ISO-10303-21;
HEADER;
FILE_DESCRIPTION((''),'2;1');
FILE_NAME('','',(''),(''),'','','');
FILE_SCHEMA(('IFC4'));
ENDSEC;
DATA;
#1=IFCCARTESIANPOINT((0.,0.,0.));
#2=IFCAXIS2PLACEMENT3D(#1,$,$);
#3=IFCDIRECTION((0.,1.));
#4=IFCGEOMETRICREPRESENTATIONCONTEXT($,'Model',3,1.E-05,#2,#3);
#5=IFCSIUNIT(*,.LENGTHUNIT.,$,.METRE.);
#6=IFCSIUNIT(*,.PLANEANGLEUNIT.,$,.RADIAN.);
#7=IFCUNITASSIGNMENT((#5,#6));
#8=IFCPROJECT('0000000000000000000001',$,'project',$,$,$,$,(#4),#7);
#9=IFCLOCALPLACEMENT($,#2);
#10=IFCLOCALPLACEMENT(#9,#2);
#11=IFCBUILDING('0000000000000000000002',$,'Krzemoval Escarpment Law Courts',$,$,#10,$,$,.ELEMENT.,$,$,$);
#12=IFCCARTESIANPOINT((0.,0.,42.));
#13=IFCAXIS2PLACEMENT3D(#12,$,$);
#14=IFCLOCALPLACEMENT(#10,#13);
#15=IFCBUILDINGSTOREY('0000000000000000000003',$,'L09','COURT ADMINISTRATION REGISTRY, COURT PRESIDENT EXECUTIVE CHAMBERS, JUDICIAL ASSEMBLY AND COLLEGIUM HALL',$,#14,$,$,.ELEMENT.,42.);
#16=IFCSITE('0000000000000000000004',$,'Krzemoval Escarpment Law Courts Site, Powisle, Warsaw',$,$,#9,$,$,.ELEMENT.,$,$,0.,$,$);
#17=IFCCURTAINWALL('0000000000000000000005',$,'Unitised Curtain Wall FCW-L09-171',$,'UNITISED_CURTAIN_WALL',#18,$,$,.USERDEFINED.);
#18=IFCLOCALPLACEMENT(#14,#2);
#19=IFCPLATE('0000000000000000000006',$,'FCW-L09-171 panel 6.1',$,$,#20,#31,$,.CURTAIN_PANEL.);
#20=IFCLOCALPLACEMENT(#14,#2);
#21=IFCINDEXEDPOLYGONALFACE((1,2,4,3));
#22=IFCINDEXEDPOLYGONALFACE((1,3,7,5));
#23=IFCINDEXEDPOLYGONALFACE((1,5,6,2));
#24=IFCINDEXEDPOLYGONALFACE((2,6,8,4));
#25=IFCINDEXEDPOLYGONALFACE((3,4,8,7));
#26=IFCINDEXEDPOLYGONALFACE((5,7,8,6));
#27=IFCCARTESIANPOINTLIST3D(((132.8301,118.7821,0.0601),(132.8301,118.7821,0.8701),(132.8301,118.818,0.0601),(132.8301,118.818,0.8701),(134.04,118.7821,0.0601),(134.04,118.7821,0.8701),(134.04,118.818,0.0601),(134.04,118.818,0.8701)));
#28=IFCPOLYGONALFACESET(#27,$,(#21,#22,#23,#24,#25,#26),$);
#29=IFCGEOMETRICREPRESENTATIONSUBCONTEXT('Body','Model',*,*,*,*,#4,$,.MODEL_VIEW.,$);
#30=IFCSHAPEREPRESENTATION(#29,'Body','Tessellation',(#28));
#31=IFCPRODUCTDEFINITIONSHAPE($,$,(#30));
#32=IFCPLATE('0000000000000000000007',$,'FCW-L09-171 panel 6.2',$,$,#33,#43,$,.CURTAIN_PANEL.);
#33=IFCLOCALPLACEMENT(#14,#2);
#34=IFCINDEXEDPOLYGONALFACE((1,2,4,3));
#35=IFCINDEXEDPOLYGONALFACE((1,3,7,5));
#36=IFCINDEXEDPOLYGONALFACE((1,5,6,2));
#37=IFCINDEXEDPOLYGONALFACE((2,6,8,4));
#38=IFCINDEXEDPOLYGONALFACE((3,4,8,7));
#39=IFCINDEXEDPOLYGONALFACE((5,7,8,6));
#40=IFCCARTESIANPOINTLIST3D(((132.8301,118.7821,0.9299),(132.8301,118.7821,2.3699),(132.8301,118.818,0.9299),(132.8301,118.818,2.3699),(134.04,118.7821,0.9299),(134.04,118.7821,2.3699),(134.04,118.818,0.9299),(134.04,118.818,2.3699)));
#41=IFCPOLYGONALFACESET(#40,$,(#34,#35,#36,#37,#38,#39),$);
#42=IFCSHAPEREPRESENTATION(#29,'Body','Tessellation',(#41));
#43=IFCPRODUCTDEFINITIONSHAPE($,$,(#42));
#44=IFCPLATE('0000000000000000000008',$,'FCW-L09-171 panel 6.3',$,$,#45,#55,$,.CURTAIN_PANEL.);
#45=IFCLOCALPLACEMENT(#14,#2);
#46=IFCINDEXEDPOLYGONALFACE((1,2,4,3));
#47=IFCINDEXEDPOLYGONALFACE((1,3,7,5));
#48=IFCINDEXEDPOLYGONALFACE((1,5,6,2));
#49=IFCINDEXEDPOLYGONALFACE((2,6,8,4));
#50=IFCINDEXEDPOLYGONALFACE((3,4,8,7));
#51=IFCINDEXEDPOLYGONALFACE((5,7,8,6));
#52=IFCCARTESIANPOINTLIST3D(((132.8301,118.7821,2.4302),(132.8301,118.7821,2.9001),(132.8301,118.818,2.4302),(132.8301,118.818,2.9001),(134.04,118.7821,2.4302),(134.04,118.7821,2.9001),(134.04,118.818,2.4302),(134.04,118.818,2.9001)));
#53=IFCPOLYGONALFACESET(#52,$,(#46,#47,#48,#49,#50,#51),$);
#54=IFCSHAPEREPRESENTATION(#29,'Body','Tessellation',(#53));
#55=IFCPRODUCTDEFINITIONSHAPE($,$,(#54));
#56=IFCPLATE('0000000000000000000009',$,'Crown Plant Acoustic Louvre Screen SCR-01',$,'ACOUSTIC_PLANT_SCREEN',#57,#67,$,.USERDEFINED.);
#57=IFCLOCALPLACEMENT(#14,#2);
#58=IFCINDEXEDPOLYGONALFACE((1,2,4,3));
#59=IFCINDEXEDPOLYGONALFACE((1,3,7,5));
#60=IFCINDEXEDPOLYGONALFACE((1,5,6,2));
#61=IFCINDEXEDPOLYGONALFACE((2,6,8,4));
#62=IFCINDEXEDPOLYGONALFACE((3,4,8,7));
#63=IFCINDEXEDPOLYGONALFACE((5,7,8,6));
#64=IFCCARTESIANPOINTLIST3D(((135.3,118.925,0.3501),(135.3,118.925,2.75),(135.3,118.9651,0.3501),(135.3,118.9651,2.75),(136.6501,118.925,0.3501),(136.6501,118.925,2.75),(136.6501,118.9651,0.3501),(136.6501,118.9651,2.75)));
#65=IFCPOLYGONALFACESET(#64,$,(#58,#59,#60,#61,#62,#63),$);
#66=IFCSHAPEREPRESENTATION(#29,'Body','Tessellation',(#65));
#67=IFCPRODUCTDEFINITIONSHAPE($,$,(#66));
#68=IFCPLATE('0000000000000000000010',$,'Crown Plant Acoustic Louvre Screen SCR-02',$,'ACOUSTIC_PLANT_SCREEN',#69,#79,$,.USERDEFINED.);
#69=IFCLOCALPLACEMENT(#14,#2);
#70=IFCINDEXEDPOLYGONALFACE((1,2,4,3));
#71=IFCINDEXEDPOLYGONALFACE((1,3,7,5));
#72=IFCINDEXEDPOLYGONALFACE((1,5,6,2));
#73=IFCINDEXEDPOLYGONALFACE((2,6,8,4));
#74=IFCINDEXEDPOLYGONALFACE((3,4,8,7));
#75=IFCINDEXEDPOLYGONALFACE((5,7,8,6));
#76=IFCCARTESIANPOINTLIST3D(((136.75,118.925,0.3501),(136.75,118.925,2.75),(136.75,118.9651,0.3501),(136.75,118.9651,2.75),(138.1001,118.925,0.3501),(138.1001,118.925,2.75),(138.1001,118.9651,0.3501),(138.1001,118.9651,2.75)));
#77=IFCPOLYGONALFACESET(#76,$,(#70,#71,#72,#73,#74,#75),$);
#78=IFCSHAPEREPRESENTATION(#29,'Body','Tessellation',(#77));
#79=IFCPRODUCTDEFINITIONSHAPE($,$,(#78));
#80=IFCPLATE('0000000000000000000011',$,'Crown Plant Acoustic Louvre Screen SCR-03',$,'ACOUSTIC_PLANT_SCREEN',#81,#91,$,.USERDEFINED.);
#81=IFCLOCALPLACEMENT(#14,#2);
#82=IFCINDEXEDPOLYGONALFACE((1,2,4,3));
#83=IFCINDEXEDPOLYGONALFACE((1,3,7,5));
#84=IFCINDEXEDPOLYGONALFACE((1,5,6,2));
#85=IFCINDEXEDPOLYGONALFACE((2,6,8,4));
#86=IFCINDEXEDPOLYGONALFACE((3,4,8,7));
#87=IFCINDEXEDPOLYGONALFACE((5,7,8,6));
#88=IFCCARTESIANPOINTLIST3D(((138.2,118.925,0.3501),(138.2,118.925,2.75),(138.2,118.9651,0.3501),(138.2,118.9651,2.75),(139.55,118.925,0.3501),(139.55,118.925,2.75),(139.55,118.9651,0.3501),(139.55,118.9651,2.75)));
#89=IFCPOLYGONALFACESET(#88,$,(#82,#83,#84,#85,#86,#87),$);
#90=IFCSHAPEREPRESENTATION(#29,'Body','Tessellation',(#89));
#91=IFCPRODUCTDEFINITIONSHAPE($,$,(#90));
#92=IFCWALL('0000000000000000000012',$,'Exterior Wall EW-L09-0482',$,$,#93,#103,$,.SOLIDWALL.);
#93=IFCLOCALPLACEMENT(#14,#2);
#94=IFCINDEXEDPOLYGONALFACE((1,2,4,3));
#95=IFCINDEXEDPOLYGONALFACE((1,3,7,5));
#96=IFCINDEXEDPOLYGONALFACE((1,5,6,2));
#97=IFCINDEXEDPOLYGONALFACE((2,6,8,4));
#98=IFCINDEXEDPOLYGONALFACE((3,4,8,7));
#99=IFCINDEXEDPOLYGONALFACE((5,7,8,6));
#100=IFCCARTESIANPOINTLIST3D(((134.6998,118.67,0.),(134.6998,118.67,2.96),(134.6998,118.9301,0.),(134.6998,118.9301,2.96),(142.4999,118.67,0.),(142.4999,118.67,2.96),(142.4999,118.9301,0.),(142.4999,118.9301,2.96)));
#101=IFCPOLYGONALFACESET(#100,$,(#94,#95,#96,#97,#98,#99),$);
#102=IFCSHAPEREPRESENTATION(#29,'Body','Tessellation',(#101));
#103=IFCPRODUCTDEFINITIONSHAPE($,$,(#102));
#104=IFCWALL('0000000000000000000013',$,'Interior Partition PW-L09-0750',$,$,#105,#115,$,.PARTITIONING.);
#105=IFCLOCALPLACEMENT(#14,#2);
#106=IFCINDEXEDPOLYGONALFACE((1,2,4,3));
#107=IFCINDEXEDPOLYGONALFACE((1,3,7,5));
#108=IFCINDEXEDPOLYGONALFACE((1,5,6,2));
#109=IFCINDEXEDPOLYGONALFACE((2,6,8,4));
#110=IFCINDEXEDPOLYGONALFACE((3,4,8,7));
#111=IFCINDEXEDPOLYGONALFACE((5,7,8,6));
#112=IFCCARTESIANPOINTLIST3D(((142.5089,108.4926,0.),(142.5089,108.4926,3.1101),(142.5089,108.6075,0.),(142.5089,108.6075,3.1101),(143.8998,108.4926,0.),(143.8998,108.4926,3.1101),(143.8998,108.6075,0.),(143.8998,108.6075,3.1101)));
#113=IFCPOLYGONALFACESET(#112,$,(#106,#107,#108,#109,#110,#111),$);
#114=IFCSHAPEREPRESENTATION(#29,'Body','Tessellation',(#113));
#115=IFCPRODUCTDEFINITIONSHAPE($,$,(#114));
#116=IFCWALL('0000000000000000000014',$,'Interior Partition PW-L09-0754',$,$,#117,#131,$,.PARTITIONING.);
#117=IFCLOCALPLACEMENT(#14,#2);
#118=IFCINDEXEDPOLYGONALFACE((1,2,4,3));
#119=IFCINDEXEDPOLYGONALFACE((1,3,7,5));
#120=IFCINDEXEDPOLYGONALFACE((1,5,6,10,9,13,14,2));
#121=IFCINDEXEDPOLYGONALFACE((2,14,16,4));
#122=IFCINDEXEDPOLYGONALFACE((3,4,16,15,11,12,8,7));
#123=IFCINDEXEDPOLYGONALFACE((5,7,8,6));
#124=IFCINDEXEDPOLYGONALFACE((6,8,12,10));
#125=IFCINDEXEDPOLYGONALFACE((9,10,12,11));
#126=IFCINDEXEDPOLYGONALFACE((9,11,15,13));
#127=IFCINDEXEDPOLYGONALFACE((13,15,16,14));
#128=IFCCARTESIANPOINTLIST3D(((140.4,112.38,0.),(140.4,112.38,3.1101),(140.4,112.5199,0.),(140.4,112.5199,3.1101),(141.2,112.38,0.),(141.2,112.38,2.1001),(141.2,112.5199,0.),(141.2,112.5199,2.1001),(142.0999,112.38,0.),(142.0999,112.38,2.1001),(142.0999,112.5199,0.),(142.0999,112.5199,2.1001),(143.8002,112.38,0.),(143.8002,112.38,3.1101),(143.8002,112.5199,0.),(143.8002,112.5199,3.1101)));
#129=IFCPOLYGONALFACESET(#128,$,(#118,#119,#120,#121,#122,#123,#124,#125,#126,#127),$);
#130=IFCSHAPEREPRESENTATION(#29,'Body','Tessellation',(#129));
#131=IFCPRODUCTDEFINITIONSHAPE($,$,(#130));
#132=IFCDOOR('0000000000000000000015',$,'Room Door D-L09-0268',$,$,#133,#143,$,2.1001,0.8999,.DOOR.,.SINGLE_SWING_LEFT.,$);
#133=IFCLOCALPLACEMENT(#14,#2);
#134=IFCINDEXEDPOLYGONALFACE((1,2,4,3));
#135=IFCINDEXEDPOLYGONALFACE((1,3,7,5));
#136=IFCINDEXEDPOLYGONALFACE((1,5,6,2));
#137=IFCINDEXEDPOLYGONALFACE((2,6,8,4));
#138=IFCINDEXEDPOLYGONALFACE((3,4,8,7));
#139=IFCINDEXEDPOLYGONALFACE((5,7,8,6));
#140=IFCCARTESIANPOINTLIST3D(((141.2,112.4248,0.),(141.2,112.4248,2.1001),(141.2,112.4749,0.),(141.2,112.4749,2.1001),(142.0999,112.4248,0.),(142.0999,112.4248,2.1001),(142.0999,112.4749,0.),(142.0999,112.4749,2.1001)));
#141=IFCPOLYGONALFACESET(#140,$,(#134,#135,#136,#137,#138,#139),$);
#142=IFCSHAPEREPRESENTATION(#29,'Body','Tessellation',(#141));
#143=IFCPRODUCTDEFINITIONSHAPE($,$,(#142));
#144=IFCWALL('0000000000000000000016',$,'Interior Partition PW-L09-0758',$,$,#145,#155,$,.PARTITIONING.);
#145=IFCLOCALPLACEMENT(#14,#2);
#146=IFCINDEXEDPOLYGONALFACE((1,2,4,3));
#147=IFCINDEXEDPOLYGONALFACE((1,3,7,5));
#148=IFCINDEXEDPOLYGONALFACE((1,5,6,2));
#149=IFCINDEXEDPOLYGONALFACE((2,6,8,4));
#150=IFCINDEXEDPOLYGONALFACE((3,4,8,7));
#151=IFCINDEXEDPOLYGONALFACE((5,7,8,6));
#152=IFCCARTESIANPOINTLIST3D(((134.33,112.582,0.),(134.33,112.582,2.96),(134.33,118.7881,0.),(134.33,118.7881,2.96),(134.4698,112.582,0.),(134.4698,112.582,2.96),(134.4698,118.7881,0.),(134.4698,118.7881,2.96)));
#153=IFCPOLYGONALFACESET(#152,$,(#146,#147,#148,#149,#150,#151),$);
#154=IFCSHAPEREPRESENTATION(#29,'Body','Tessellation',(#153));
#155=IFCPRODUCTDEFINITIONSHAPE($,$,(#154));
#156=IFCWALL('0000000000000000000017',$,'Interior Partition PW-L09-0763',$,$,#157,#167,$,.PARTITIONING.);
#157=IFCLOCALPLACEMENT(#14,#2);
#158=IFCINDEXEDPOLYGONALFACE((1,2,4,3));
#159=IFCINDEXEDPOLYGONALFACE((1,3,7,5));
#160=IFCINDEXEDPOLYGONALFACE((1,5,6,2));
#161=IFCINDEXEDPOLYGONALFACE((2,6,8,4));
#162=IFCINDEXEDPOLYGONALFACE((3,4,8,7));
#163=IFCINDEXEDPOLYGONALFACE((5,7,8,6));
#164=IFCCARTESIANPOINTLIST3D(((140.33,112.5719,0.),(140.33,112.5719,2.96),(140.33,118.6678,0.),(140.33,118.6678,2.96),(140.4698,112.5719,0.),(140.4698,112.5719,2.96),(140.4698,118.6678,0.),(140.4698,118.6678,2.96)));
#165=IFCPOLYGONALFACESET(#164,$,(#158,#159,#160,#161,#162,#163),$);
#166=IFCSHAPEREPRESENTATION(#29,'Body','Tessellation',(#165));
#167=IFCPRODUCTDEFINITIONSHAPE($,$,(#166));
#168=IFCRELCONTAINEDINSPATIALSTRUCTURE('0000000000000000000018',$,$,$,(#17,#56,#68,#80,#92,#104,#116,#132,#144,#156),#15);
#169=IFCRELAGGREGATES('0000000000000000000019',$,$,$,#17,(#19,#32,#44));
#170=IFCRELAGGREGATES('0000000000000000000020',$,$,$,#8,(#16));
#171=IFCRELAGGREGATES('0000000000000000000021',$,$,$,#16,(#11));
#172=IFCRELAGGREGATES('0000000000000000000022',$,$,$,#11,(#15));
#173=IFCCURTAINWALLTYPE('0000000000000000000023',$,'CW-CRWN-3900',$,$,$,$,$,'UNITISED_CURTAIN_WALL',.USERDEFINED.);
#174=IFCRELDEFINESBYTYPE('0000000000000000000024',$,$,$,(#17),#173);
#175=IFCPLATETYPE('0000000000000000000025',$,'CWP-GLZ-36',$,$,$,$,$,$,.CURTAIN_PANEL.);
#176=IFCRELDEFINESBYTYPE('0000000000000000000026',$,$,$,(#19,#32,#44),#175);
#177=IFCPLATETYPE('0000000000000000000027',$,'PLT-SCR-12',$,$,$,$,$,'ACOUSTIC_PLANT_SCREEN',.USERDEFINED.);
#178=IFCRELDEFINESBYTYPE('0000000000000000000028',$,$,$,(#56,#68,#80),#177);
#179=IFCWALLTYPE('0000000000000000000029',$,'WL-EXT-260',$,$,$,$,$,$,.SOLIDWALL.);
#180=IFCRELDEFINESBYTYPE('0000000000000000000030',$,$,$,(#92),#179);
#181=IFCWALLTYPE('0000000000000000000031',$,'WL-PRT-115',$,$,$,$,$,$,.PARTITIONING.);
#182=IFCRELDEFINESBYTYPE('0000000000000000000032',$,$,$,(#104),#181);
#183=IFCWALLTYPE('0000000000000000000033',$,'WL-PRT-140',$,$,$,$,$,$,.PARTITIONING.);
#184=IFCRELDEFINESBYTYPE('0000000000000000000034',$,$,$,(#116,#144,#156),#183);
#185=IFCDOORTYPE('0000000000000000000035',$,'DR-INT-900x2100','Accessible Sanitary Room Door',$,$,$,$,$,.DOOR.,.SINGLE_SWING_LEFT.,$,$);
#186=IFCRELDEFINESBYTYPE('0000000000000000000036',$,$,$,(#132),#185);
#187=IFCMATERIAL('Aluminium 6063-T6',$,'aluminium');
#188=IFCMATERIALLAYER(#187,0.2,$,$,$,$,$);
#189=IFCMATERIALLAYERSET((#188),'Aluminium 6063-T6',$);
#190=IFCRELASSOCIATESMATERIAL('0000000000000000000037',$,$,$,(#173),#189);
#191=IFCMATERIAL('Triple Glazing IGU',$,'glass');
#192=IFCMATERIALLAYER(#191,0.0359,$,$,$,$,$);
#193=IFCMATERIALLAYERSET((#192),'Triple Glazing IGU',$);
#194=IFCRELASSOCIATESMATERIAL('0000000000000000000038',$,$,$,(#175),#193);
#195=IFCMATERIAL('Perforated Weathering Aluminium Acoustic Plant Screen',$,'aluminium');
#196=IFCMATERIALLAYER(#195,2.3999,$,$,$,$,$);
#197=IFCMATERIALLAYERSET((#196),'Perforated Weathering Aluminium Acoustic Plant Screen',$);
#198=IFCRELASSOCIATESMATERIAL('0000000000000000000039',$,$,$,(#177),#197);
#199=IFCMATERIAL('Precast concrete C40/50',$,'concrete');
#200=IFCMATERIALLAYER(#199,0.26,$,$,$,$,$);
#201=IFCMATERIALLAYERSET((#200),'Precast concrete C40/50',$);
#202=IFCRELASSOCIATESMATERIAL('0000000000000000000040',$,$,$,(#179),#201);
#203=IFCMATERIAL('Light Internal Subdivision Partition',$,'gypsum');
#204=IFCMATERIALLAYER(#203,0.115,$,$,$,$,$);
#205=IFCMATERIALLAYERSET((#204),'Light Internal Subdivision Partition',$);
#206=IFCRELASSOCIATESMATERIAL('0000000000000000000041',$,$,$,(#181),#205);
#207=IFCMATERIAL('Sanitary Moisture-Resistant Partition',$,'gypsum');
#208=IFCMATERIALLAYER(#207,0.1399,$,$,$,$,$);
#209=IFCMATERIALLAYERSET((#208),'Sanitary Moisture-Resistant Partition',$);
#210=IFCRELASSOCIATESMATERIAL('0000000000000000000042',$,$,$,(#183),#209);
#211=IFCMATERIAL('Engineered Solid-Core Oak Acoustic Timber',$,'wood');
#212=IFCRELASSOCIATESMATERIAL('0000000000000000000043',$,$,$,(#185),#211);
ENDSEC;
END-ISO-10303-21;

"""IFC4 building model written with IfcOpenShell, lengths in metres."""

from ifc_helpers import new_model, si_unit, direction, frame, frame_2d, origin, origin_2d, place, context, subcontext, project, spatial, rectangle, extrude, material, layer, layer_set, type_object, element, fill, aggregate, save


model = new_model("IFC4")

# Units and contexts
model_context = context("Model", 3, precision=1e-05, world=origin(), true_north=direction((0.0, 1.0)))
body_context = subcontext(model_context, "Body", "Model", "MODEL_VIEW")
ifc_project = project(units=[si_unit("LENGTHUNIT", "METRE"), si_unit("PLANEANGLEUNIT", "RADIAN")], contexts=[model_context])

# Site, building, storey
site_placement = place(None, origin())
site = spatial("IfcSite", under=ifc_project, at=site_placement, Name="Krzemoval Escarpment Law Courts Site, Powisle, Warsaw", CompositionType="ELEMENT", RefElevation=0.0)
building_placement = place(site_placement, origin())
building = spatial("IfcBuilding", under=site, at=building_placement, Name="Krzemoval Escarpment Law Courts", CompositionType="ELEMENT")
storey_placement = place(building_placement, frame((0.0, 0.0, 42.0)))
storey = spatial("IfcBuildingStorey", under=building, at=storey_placement, Name="L09", Description="COURT ADMINISTRATION REGISTRY, COURT PRESIDENT EXECUTIVE CHAMBERS, JUDICIAL ASSEMBLY AND COLLEGIUM HALL", CompositionType="ELEMENT", Elevation=42.0)

# Curtain wall, plates
ifc_material_1 = material(Name="Aluminium 6063-T6", Category="aluminium")
ifc_layer_1 = layer(ifc_material_1, 0.2)
ifc_layer_set_1 = layer_set([ifc_layer_1], Name="Aluminium 6063-T6")
curtain_wall_type = type_object("IfcCurtainWallType", Name="CW-CRWN-3900", ElementType="UNITISED_CURTAIN_WALL", PredefinedType="USERDEFINED", material=ifc_layer_set_1)
curtain_wall_placement = place(storey_placement, origin())
curtain_wall = element("IfcCurtainWall", 1, at=curtain_wall_placement, inside=storey, type_object=curtain_wall_type, Name="Unitised Curtain Wall FCW-L09-171", ObjectType="UNITISED_CURTAIN_WALL", PredefinedType="USERDEFINED")
ifc_material_2 = material(Name="Triple Glazing IGU", Category="glass")
ifc_layer_2 = layer(ifc_material_2, 0.0359)
ifc_layer_set_2 = layer_set([ifc_layer_2], Name="Triple Glazing IGU")
plate_type_1 = type_object("IfcPlateType", Name="CWP-GLZ-36", PredefinedType="CURTAIN_PANEL", material=ifc_layer_set_2)
plate_1_placement = place(storey_placement, frame((133.4351, 118.8, 0.0601), z_axis=(0.0, 0.0, 1.0), x_axis=(1.0, 0.0, 0.0)))
plate_1 = element("IfcPlate", 2, at=plate_1_placement, type_object=plate_type_1, Name="FCW-L09-171 panel 6.1", PredefinedType="CURTAIN_PANEL", context=body_context, shape_type="SweptSolid", body=[
    extrude(rectangle(XDim=1.21, YDim=0.0359, at=origin_2d()), origin(), (0.0, 0.0, 1.0), 0.8101),
])
plate_2_placement = place(storey_placement, frame((133.4351, 118.8, 0.9299), z_axis=(0.0, 0.0, 1.0), x_axis=(1.0, 0.0, 0.0)))
plate_2 = element("IfcPlate", 3, at=plate_2_placement, type_object=plate_type_1, Name="FCW-L09-171 panel 6.2", PredefinedType="CURTAIN_PANEL", context=body_context, shape_type="SweptSolid", body=[
    extrude(rectangle(XDim=1.21, YDim=0.0359, at=origin_2d()), origin(), (0.0, 0.0, 1.0), 1.4399),
])
plate_3_placement = place(storey_placement, frame((133.4351, 118.8, 2.4302), z_axis=(0.0, 0.0, 1.0), x_axis=(1.0, 0.0, 0.0)))
plate_3 = element("IfcPlate", 4, at=plate_3_placement, type_object=plate_type_1, Name="FCW-L09-171 panel 6.3", PredefinedType="CURTAIN_PANEL", context=body_context, shape_type="SweptSolid", body=[
    extrude(rectangle(XDim=1.21, YDim=0.0359, at=origin_2d()), origin(), (0.0, 0.0, 1.0), 0.47),
])
aggregate(curtain_wall, [plate_1, plate_2, plate_3])

# Plates
ifc_material_3 = material(Name="Perforated Weathering Aluminium Acoustic Plant Screen", Category="aluminium")
ifc_layer_3 = layer(ifc_material_3, 2.3999)
ifc_layer_set_3 = layer_set([ifc_layer_3], Name="Perforated Weathering Aluminium Acoustic Plant Screen")
plate_type_2 = type_object("IfcPlateType", Name="PLT-SCR-12", ElementType="ACOUSTIC_PLANT_SCREEN", PredefinedType="USERDEFINED", material=ifc_layer_set_3)
for number, where, z_axis, x_axis, name in (
    (5, (135.9751, 118.9451, 0.3501), (0.0, 0.0, 1.0), (1.0, 0.0, 0.0), "Crown Plant Acoustic Louvre Screen SCR-01"),
    (6, (137.425, 118.9451, 0.3501), (0.0, 0.0, 1.0), (1.0, 0.0, 0.0), "Crown Plant Acoustic Louvre Screen SCR-02"),
    (7, (138.875, 118.9451, 0.3501), (0.0, 0.0, 1.0), (1.0, 0.0, 0.0), "Crown Plant Acoustic Louvre Screen SCR-03"),
):
    element("IfcPlate", number, at=place(storey_placement, frame(where, z_axis=z_axis, x_axis=x_axis)), inside=storey, type_object=plate_type_2, Name=name, ObjectType="ACOUSTIC_PLANT_SCREEN", PredefinedType="USERDEFINED", context=body_context, shape_type="SweptSolid", body=[
        extrude(rectangle(XDim=1.3501, YDim=0.04, at=origin_2d()), origin(), (0.0, 0.0, 1.0), 2.3999),
    ])

# Walls
ifc_material_4 = material(Name="Precast concrete C40/50", Category="concrete")
ifc_layer_4 = layer(ifc_material_4, 0.26)
ifc_layer_set_4 = layer_set([ifc_layer_4], Name="Precast concrete C40/50")
wall_type_1 = type_object("IfcWallType", Name="WL-EXT-260", PredefinedType="SOLIDWALL", material=ifc_layer_set_4)
wall_1_placement = place(storey_placement, frame((134.7, 118.8, 0.0), z_axis=(0.0, 0.0, 1.0), x_axis=(1.0, 0.0, 0.0)))
element("IfcWall", 8, at=wall_1_placement, inside=storey, type_object=wall_type_1, Name="Exterior Wall EW-L09-0482", PredefinedType="SOLIDWALL", context=body_context, shape_type="SweptSolid", body=[
    extrude(rectangle(XDim=7.8, YDim=0.26, at=frame_2d((3.8999, 0.0))), origin(), (0.0, 0.0, 1.0), 2.96),
])
ifc_material_5 = material(Name="Light Internal Subdivision Partition", Category="gypsum")
ifc_layer_5 = layer(ifc_material_5, 0.115)
ifc_layer_set_5 = layer_set([ifc_layer_5], Name="Light Internal Subdivision Partition")
wall_type_2 = type_object("IfcWallType", Name="WL-PRT-115", PredefinedType="PARTITIONING", material=ifc_layer_set_5)
wall_2_placement = place(storey_placement, frame((142.509, 108.55, 0.0), z_axis=(0.0, 0.0, 1.0), x_axis=(1.0, 0.0, 0.0)))
element("IfcWall", 9, at=wall_2_placement, inside=storey, type_object=wall_type_2, Name="Interior Partition PW-L09-0750", PredefinedType="PARTITIONING", context=body_context, shape_type="SweptSolid", body=[
    extrude(rectangle(XDim=1.3909, YDim=0.115, at=frame_2d((0.6953, 0.0))), origin(), (0.0, 0.0, 1.0), 3.1101),
])

# Wall, opening, door
ifc_material_6 = material(Name="Sanitary Moisture-Resistant Partition", Category="gypsum")
ifc_layer_6 = layer(ifc_material_6, 0.1399)
ifc_layer_set_6 = layer_set([ifc_layer_6], Name="Sanitary Moisture-Resistant Partition")
wall_type_3 = type_object("IfcWallType", Name="WL-PRT-140", PredefinedType="PARTITIONING", material=ifc_layer_set_6)
wall_3_placement = place(storey_placement, frame((140.3999, 112.45, 0.0), z_axis=(0.0, 0.0, 1.0), x_axis=(1.0, 0.0, 0.0)))
wall_3 = element("IfcWall", 10, at=wall_3_placement, inside=storey, type_object=wall_type_3, Name="Interior Partition PW-L09-0754", PredefinedType="PARTITIONING", context=body_context, shape_type="SweptSolid", body=[
    extrude(rectangle(XDim=3.4001, YDim=0.1399, at=frame_2d((1.7002, 0.0))), origin(), (0.0, 0.0, 1.0), 3.1101),
])
opening_1_placement = place(wall_3_placement, frame((0.8, 0.0, 0.0)))
opening_1 = element("IfcOpeningElement", 11, at=opening_1_placement, cuts=wall_3, PredefinedType="OPENING", context=body_context, shape_type="SweptSolid", body=[
    extrude(rectangle(XDim=0.8999, YDim=2.1001, at=frame_2d((0.45, 1.05))), frame((0.0, 0.0849, 0.0), z_axis=(0.0, -1.0, 0.0), x_axis=(1.0, 0.0, 0.0)), (0.0, 0.0, 1.0), 0.1699),
])
ifc_material_7 = material(Name="Engineered Solid-Core Oak Acoustic Timber", Category="wood")
door_type_1 = type_object("IfcDoorType", Name="DR-INT-900x2100", Description="Accessible Sanitary Room Door", OperationType="SINGLE_SWING_LEFT", PredefinedType="DOOR", material=ifc_material_7)
door_1_placement = place(opening_1_placement, origin())
door_1 = element("IfcDoor", 12, at=door_1_placement, inside=storey, type_object=door_type_1, Name="Room Door D-L09-0268", OperationType="SINGLE_SWING_LEFT", OverallHeight=2.1001, OverallWidth=0.8999, PredefinedType="DOOR", context=body_context, shape_type="SweptSolid", body=[
    extrude(rectangle(XDim=0.8999, YDim=2.1001, at=frame_2d((0.45, 1.05))), frame((0.0, 0.0249, 0.0), z_axis=(0.0, -1.0, 0.0), x_axis=(1.0, 0.0, 0.0)), (0.0, 0.0, 1.0), 0.05),
])
fill(opening_1, door_1)

# Walls
wall_4_placement = place(storey_placement, frame((134.3999, 112.582, 0.0), z_axis=(0.0, 0.0, 1.0), x_axis=(0.0, 1.0, 0.0)))
element("IfcWall", 13, at=wall_4_placement, inside=storey, type_object=wall_type_3, Name="Interior Partition PW-L09-0758", PredefinedType="PARTITIONING", context=body_context, shape_type="SweptSolid", body=[
    extrude(rectangle(XDim=6.2061, YDim=0.1399, at=frame_2d((3.103, 0.0))), origin(), (0.0, 0.0, 1.0), 2.96),
])
wall_5_placement = place(storey_placement, frame((140.3999, 112.572, 0.0), z_axis=(0.0, 0.0, 1.0), x_axis=(0.0, 1.0, 0.0)))
element("IfcWall", 14, at=wall_5_placement, inside=storey, type_object=wall_type_3, Name="Interior Partition PW-L09-0763", PredefinedType="PARTITIONING", context=body_context, shape_type="SweptSolid", body=[
    extrude(rectangle(XDim=6.0959, YDim=0.1399, at=frame_2d((3.0479, 0.0))), origin(), (0.0, 0.0, 1.0), 2.96),
])

save(model, "model.ifc")
